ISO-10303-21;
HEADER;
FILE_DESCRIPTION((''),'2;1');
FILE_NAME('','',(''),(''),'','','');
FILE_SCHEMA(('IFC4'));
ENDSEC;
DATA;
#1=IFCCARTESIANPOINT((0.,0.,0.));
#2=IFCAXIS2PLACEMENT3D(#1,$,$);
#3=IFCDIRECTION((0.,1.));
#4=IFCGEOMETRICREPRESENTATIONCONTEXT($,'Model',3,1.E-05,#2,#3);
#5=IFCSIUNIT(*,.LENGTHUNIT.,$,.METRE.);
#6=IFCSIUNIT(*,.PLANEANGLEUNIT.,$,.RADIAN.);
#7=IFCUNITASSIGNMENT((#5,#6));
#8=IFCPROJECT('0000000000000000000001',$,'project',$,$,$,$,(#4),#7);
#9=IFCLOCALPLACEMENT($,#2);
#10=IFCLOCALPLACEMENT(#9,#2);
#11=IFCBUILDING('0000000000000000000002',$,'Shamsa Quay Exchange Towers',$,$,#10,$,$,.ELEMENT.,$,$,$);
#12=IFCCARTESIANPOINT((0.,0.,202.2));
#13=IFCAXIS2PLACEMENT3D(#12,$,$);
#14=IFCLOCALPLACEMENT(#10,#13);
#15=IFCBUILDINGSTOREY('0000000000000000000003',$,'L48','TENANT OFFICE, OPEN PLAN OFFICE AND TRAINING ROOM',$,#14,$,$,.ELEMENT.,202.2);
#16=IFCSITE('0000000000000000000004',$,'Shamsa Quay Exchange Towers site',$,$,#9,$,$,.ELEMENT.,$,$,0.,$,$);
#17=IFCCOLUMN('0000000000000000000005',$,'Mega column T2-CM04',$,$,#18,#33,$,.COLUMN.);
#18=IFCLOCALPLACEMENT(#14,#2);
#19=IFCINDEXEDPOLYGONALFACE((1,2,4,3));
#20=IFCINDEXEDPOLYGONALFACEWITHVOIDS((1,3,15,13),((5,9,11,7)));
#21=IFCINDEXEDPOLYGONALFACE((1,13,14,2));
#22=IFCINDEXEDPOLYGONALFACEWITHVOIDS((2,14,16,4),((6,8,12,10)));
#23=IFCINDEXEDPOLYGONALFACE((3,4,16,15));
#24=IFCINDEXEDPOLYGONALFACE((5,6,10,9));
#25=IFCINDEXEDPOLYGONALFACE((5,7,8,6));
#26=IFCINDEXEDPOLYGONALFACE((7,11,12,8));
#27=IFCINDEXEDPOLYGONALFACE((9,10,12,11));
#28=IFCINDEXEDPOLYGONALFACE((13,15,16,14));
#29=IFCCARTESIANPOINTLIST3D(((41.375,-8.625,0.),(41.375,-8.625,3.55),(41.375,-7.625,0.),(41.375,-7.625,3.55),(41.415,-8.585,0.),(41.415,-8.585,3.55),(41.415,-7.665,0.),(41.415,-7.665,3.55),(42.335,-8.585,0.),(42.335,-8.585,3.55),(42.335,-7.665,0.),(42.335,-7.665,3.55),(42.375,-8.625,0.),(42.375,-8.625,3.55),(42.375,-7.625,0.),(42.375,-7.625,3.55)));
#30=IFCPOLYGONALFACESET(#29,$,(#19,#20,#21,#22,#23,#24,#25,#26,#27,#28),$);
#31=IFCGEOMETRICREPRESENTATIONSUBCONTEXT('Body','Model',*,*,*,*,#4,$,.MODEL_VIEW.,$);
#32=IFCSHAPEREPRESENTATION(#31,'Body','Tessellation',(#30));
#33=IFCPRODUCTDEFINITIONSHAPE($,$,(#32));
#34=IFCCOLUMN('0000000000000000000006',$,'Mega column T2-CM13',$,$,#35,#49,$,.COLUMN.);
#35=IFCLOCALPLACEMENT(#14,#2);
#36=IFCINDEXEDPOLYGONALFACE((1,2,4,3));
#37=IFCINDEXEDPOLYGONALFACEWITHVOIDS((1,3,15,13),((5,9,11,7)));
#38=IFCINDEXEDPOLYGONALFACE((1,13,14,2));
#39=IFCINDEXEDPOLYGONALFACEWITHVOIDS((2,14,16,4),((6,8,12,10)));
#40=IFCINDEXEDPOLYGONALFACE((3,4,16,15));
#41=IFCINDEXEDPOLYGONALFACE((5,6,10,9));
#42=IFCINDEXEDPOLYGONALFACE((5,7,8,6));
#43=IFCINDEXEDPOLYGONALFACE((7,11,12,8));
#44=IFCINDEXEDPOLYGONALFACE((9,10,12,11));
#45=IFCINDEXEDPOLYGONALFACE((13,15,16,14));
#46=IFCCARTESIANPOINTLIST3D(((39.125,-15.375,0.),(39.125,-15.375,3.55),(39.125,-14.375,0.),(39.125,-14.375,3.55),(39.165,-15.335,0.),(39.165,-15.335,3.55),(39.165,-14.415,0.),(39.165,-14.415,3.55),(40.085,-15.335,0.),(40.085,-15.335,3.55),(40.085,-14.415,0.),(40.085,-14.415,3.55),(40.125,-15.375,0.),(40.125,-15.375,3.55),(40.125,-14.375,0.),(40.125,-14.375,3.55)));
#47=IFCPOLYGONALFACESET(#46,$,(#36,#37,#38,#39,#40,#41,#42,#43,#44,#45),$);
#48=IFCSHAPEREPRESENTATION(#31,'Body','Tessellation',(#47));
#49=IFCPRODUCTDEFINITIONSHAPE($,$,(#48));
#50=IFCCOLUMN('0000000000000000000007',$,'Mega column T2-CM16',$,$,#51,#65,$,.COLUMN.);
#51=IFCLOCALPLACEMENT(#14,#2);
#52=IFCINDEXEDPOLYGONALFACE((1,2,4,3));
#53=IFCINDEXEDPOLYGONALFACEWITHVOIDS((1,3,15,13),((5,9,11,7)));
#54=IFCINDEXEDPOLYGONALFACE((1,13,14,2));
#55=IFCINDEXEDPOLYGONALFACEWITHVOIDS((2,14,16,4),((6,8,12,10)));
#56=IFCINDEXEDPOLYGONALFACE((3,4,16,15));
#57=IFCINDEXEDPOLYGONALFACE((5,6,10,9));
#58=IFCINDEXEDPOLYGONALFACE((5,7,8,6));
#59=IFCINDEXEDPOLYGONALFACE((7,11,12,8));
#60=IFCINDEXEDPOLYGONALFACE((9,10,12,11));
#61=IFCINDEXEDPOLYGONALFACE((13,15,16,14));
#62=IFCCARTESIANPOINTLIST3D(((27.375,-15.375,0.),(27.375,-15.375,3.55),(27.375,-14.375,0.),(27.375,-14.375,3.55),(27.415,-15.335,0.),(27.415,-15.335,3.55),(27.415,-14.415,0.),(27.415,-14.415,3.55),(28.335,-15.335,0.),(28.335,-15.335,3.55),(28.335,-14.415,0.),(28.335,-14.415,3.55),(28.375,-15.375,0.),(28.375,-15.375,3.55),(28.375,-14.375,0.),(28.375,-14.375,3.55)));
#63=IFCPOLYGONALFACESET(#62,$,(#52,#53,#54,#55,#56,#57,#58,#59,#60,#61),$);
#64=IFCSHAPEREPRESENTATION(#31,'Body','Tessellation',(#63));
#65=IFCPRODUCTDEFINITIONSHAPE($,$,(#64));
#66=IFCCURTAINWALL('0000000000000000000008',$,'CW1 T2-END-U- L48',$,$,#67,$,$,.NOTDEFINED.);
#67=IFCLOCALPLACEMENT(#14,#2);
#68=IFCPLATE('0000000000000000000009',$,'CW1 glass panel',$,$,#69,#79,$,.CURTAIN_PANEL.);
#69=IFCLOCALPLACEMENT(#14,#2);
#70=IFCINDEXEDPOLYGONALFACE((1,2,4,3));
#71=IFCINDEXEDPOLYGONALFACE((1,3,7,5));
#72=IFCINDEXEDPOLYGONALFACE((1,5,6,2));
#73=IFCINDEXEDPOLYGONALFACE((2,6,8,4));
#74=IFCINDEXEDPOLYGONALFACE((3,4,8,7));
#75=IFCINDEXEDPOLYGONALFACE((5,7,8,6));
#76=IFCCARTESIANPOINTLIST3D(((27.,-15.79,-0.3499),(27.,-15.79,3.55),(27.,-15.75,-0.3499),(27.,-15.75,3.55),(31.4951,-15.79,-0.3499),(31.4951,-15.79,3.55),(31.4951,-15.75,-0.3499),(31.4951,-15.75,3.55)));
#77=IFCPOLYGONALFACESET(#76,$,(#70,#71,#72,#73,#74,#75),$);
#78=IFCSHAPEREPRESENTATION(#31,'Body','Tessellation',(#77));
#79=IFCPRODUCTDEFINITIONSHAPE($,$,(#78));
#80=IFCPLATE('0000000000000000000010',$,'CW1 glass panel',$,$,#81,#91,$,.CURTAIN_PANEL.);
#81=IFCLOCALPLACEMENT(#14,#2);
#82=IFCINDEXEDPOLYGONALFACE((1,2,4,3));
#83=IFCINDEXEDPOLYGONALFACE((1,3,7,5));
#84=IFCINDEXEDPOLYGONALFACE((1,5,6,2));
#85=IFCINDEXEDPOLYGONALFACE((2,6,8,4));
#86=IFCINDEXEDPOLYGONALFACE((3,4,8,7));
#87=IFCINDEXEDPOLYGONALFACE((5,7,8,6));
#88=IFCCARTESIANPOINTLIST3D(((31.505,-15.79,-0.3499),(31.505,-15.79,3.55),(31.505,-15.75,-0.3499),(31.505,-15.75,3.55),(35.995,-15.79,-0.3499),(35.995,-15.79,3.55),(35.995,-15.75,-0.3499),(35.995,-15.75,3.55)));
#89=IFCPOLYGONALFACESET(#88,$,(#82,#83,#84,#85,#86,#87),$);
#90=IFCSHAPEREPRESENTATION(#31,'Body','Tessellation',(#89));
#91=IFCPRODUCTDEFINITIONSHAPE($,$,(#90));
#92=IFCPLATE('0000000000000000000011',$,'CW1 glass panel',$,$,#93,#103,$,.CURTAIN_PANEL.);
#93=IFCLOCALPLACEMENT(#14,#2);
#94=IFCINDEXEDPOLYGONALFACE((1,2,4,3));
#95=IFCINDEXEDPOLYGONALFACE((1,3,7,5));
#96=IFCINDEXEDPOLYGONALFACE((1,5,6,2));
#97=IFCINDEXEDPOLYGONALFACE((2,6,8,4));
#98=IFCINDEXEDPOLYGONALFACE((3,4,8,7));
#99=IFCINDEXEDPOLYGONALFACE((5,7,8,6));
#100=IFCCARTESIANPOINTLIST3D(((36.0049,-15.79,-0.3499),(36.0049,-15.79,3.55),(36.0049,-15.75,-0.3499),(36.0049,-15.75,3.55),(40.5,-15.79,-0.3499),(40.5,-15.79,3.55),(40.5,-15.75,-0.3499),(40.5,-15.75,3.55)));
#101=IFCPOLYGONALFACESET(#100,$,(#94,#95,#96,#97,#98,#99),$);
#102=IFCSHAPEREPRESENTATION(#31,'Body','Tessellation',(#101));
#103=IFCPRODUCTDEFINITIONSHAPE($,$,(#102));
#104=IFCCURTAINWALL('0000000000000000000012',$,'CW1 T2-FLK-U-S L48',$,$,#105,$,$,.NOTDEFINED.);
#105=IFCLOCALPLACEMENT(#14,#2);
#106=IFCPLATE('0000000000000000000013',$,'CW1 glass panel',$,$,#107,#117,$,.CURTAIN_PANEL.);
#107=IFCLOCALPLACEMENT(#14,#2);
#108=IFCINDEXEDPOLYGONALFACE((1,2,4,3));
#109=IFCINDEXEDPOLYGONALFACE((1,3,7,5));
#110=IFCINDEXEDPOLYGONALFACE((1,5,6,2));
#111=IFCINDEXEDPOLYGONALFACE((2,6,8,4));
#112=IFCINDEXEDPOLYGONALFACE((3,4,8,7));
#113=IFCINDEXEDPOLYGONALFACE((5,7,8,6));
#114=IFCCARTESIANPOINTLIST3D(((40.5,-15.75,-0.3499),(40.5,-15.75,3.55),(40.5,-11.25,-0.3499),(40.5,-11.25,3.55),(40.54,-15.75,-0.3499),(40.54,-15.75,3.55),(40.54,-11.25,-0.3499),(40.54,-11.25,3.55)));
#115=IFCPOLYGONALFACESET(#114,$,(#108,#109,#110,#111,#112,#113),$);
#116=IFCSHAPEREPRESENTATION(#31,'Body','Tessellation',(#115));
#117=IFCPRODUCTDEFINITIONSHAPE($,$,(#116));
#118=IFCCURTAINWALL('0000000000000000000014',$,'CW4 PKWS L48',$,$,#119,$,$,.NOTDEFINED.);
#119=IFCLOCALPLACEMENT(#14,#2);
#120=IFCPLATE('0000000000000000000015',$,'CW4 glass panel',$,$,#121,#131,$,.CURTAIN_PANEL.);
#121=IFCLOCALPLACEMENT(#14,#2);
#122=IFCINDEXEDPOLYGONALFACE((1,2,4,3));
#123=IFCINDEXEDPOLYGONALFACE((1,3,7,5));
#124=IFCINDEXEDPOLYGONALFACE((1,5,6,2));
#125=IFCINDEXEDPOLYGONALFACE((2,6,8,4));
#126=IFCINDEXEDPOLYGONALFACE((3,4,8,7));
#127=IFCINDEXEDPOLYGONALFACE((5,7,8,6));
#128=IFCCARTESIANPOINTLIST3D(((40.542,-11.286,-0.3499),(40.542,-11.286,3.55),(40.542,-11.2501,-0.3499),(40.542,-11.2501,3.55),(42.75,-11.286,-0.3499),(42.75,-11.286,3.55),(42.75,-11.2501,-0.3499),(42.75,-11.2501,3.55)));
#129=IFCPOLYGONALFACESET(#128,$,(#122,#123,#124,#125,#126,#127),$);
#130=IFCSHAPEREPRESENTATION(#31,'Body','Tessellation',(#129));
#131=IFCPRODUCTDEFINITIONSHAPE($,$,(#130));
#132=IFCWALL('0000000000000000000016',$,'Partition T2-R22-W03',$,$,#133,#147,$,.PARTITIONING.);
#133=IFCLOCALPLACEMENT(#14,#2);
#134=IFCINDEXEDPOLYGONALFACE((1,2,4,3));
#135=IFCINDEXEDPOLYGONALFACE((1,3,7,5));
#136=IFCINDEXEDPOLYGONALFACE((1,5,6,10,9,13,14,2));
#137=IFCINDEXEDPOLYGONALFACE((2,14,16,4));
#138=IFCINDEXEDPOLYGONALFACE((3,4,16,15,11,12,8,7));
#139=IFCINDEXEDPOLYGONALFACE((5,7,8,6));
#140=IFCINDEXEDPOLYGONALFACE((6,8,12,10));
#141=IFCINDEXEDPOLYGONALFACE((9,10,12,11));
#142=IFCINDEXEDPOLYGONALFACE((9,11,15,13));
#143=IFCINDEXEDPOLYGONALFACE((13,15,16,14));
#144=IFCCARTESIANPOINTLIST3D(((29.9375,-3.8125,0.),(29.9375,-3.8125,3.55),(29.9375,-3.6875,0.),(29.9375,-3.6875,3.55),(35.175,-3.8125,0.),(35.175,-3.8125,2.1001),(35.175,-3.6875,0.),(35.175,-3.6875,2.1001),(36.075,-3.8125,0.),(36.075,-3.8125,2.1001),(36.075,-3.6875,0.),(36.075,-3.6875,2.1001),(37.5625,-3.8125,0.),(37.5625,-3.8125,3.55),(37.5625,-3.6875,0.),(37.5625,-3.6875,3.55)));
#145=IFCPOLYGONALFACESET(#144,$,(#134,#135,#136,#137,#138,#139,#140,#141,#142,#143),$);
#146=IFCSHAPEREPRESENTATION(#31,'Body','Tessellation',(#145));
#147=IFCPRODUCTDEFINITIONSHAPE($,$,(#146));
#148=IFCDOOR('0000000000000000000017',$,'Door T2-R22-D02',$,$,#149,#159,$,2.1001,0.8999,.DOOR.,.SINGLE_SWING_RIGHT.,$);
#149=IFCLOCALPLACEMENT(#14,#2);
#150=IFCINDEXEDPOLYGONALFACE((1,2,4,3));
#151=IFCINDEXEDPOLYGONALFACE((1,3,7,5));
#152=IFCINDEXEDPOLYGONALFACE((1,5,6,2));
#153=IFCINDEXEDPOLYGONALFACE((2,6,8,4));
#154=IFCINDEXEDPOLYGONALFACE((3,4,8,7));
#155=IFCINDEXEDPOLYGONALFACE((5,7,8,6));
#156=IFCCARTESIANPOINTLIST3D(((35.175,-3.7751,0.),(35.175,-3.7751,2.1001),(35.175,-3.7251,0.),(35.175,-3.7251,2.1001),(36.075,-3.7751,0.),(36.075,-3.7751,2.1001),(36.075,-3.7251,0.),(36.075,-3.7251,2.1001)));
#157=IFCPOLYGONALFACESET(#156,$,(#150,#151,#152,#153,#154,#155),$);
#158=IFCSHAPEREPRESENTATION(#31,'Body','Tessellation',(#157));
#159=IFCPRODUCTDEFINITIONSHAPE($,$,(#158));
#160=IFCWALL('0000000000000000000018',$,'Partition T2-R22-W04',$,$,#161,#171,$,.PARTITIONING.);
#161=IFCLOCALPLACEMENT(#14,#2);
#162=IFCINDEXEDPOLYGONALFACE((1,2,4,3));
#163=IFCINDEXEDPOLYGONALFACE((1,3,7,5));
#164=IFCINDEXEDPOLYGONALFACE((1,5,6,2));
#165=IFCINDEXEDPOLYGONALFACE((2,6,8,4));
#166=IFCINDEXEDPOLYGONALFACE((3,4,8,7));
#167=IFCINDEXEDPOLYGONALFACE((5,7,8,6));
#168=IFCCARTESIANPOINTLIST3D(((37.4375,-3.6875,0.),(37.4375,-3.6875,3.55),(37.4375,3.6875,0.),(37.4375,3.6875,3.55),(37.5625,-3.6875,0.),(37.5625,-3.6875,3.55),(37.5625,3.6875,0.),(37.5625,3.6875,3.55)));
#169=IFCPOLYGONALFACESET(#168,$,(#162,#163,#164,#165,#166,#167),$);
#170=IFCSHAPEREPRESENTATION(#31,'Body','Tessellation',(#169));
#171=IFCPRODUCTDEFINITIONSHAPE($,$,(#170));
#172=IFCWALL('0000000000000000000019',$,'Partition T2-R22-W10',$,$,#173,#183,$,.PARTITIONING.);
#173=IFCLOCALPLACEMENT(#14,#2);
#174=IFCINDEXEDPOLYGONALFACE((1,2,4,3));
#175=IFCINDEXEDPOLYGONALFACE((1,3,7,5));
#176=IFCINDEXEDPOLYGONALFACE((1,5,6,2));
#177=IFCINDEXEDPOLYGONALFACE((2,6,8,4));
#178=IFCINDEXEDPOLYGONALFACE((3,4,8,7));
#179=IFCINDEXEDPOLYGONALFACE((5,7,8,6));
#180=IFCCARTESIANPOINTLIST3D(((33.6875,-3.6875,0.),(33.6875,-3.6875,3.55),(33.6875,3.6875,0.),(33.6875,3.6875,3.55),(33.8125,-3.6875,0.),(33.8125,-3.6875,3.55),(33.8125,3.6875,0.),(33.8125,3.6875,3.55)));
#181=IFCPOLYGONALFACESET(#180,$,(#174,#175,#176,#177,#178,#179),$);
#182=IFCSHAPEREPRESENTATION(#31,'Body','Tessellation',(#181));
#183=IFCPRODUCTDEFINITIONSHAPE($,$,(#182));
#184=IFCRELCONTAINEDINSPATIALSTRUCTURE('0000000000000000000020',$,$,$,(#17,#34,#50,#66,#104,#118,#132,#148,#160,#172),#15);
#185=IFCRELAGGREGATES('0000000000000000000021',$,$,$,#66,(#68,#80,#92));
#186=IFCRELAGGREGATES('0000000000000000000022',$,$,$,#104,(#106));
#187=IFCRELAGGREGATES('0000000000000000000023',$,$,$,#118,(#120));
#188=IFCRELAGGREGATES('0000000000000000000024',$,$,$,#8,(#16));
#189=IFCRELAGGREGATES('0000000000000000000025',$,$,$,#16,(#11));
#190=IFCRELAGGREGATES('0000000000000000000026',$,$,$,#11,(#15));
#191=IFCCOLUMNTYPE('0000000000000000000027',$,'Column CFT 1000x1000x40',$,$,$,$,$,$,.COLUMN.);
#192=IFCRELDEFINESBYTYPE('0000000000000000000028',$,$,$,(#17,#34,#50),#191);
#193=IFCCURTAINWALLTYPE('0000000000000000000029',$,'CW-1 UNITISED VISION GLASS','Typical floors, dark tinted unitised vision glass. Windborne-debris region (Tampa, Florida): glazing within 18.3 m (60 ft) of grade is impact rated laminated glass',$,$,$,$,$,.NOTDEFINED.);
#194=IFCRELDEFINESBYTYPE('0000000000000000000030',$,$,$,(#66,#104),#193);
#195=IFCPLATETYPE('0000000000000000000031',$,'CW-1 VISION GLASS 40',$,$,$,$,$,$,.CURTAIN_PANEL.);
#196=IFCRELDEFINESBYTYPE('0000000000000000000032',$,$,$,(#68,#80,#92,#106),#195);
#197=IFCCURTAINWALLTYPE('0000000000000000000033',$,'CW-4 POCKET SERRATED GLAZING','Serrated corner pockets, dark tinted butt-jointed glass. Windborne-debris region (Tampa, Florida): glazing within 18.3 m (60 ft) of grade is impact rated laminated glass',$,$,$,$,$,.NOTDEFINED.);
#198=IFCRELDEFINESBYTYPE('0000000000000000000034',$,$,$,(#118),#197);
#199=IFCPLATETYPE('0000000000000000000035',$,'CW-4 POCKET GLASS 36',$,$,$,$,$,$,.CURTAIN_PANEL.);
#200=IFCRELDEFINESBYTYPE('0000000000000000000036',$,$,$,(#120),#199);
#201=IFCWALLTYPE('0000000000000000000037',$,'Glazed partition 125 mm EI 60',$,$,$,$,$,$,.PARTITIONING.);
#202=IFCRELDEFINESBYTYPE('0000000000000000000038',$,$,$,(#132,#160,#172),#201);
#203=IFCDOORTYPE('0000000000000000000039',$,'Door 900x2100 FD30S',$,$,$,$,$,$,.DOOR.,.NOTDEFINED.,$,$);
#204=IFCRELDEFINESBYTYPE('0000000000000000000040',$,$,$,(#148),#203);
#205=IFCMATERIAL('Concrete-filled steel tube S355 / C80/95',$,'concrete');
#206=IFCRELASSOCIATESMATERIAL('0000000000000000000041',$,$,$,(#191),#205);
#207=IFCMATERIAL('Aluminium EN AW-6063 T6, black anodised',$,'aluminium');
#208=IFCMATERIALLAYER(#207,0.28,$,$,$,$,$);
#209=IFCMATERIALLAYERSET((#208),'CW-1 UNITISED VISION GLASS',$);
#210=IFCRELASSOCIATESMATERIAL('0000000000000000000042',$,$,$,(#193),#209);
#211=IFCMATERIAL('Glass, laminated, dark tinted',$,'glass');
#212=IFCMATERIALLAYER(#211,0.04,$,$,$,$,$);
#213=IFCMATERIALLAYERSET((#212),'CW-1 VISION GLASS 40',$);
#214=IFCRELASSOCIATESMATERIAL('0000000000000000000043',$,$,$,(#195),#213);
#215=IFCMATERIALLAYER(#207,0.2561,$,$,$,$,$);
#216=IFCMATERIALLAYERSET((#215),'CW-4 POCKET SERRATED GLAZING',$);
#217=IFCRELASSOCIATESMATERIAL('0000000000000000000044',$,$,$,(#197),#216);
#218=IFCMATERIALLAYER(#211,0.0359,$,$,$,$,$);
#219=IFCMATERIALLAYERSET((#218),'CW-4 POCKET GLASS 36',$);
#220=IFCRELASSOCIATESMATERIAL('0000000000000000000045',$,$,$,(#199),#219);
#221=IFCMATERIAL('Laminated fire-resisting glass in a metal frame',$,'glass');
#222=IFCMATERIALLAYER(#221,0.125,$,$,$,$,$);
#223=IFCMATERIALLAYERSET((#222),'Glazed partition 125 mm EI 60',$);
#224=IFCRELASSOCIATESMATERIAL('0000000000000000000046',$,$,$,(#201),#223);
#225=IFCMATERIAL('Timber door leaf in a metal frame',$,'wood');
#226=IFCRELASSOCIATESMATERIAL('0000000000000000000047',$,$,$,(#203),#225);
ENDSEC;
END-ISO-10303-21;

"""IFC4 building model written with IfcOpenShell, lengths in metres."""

from ifc_helpers import new_model, si_unit, direction, frame, frame_2d, origin, origin_2d, place, context, subcontext, project, spatial, rectangle, hollow_rectangle, extrude, material, layer, layer_set, material_profile, profile_set, type_object, element, fill, aggregate, save


model = new_model("IFC4")

# Units and contexts
model_context = context("Model", 3, precision=1e-05, world=origin(), true_north=direction((0.0, 1.0)))
body_context = subcontext(model_context, "Body", "Model", "MODEL_VIEW")
ifc_project = project(units=[si_unit("LENGTHUNIT", "METRE"), si_unit("PLANEANGLEUNIT", "RADIAN")], contexts=[model_context])

# Site, building, storey
site_placement = place(None, origin())
site = spatial("IfcSite", under=ifc_project, at=site_placement, Name="Shamsa Quay Exchange Towers site", CompositionType="ELEMENT", RefElevation=0.0)
building_placement = place(site_placement, origin())
building = spatial("IfcBuilding", under=site, at=building_placement, Name="Shamsa Quay Exchange Towers", CompositionType="ELEMENT")
storey_placement = place(building_placement, frame((0.0, 0.0, 202.2)))
storey = spatial("IfcBuildingStorey", under=building, at=storey_placement, Name="L48", Description="TENANT OFFICE, OPEN PLAN OFFICE AND TRAINING ROOM", CompositionType="ELEMENT", Elevation=202.2)

# Columns
ifc_material_1 = material(Name="Concrete-filled steel tube S355 / C80/95", Category="concrete")
ifc_material_profile = material_profile(ifc_material_1, hollow_rectangle(XDim=1.0, YDim=1.0, WallThickness=0.04, at=origin_2d()), Name="CFT 1000x1000x40")
ifc_profile_set = profile_set([ifc_material_profile], Name="Concrete-filled steel tube S355 / C80/95")
column_type = type_object("IfcColumnType", Name="Column CFT 1000x1000x40", PredefinedType="COLUMN", material=ifc_profile_set)
for number, where, name in (
    (1, (41.875, -8.125, 0.0), "Mega column T2-CM04"),
    (2, (39.625, -14.875, 0.0), "Mega column T2-CM13"),
    (3, (27.875, -14.875, 0.0), "Mega column T2-CM16"),
):
    element("IfcColumn", number, at=place(storey_placement, frame(where)), inside=storey, type_object=column_type, Name=name, PredefinedType="COLUMN", context=body_context, shape_type="SweptSolid", body=[
        extrude(hollow_rectangle(XDim=1.0, YDim=1.0, WallThickness=0.04, at=origin_2d()), origin(), (0.0, 0.0, 1.0), 3.55),
    ])

# Curtain wall, plates
ifc_material_2 = material(Name="Aluminium EN AW-6063 T6, black anodised", Category="aluminium")
ifc_layer_1 = layer(ifc_material_2, 0.28)
ifc_layer_set_1 = layer_set([ifc_layer_1], Name="CW-1 UNITISED VISION GLASS")
curtain_wall_type_1 = type_object("IfcCurtainWallType", Name="CW-1 UNITISED VISION GLASS", Description="Typical floors, dark tinted unitised vision glass. Windborne-debris region (Tampa, Florida): glazing within 18.3 m (60 ft) of grade is impact rated laminated glass", PredefinedType="NOTDEFINED", material=ifc_layer_set_1)
curtain_wall_1_placement = place(storey_placement, origin())
curtain_wall_1 = element("IfcCurtainWall", 4, at=curtain_wall_1_placement, inside=storey, type_object=curtain_wall_type_1, Name="CW1 T2-END-U- L48", PredefinedType="NOTDEFINED")
ifc_material_3 = material(Name="Glass, laminated, dark tinted", Category="glass")
ifc_layer_2 = layer(ifc_material_3, 0.04)
ifc_layer_set_2 = layer_set([ifc_layer_2], Name="CW-1 VISION GLASS 40")
plate_type_1 = type_object("IfcPlateType", Name="CW-1 VISION GLASS 40", PredefinedType="CURTAIN_PANEL", material=ifc_layer_set_2)
plate_1_placement = place(storey_placement, frame((29.2476, -15.77, -0.3499)))
plate_1 = element("IfcPlate", 5, at=plate_1_placement, type_object=plate_type_1, Name="CW1 glass panel", PredefinedType="CURTAIN_PANEL", context=body_context, shape_type="SweptSolid", body=[
    extrude(rectangle(XDim=4.4951, YDim=0.04, at=origin_2d()), origin(), (0.0, 0.0, 1.0), 3.8999),
])
plate_2_placement = place(storey_placement, frame((33.75, -15.77, -0.3499)))
plate_2 = element("IfcPlate", 6, at=plate_2_placement, type_object=plate_type_1, Name="CW1 glass panel", PredefinedType="CURTAIN_PANEL", context=body_context, shape_type="SweptSolid", body=[
    extrude(rectangle(XDim=4.49, YDim=0.04, at=origin_2d()), origin(), (0.0, 0.0, 1.0), 3.8999),
])
plate_3_placement = place(storey_placement, frame((38.2524, -15.77, -0.3499)))
plate_3 = element("IfcPlate", 7, at=plate_3_placement, type_object=plate_type_1, Name="CW1 glass panel", PredefinedType="CURTAIN_PANEL", context=body_context, shape_type="SweptSolid", body=[
    extrude(rectangle(XDim=4.4951, YDim=0.04, at=origin_2d()), origin(), (0.0, 0.0, 1.0), 3.8999),
])
aggregate(curtain_wall_1, [plate_1, plate_2, plate_3])

# Curtain walls, plates
curtain_wall_2_placement = place(storey_placement, origin())
curtain_wall_2 = element("IfcCurtainWall", 8, at=curtain_wall_2_placement, inside=storey, type_object=curtain_wall_type_1, Name="CW1 T2-FLK-U-S L48", PredefinedType="NOTDEFINED")
plate_4_placement = place(storey_placement, frame((40.52, -13.5, -0.3499), z_axis=(0.0, 0.0, 1.0), x_axis=(0.0, 1.0, 0.0)))
plate_4 = element("IfcPlate", 9, at=plate_4_placement, type_object=plate_type_1, Name="CW1 glass panel", PredefinedType="CURTAIN_PANEL", context=body_context, shape_type="SweptSolid", body=[
    extrude(rectangle(XDim=4.5, YDim=0.04, at=origin_2d()), origin(), (0.0, 0.0, 1.0), 3.8999),
])
aggregate(curtain_wall_2, [plate_4])
ifc_layer_3 = layer(ifc_material_2, 0.2561)
ifc_layer_set_3 = layer_set([ifc_layer_3], Name="CW-4 POCKET SERRATED GLAZING")
curtain_wall_type_2 = type_object("IfcCurtainWallType", Name="CW-4 POCKET SERRATED GLAZING", Description="Serrated corner pockets, dark tinted butt-jointed glass. Windborne-debris region (Tampa, Florida): glazing within 18.3 m (60 ft) of grade is impact rated laminated glass", PredefinedType="NOTDEFINED", material=ifc_layer_set_3)
curtain_wall_3_placement = place(storey_placement, origin())
curtain_wall_3 = element("IfcCurtainWall", 10, at=curtain_wall_3_placement, inside=storey, type_object=curtain_wall_type_2, Name="CW4 PKWS L48", PredefinedType="NOTDEFINED")
ifc_layer_4 = layer(ifc_material_3, 0.0359)
ifc_layer_set_4 = layer_set([ifc_layer_4], Name="CW-4 POCKET GLASS 36")
plate_type_2 = type_object("IfcPlateType", Name="CW-4 POCKET GLASS 36", PredefinedType="CURTAIN_PANEL", material=ifc_layer_set_4)
plate_5_placement = place(storey_placement, frame((41.646, -11.2681, -0.3499)))
plate_5 = element("IfcPlate", 11, at=plate_5_placement, type_object=plate_type_2, Name="CW4 glass panel", PredefinedType="CURTAIN_PANEL", context=body_context, shape_type="SweptSolid", body=[
    extrude(rectangle(XDim=2.208, YDim=0.0359, at=origin_2d()), origin(), (0.0, 0.0, 1.0), 3.8999),
])
aggregate(curtain_wall_3, [plate_5])

# Wall, opening, door
ifc_material_4 = material(Name="Laminated fire-resisting glass in a metal frame", Category="glass")
ifc_layer_5 = layer(ifc_material_4, 0.125)
ifc_layer_set_5 = layer_set([ifc_layer_5], Name="Glazed partition 125 mm EI 60")
wall_type_1 = type_object("IfcWallType", Name="Glazed partition 125 mm EI 60", PredefinedType="PARTITIONING", material=ifc_layer_set_5)
wall_1_placement = place(storey_placement, frame((29.9375, -3.75, 0.0)))
wall_1 = element("IfcWall", 12, at=wall_1_placement, inside=storey, type_object=wall_type_1, Name="Partition T2-R22-W03", PredefinedType="PARTITIONING", context=body_context, shape_type="SweptSolid", body=[
    extrude(rectangle(XDim=7.625, YDim=0.125, at=frame_2d((3.8125, 0.0))), origin(), (0.0, 0.0, 1.0), 3.55),
])
opening_1_placement = place(wall_1_placement, frame((5.2375, 0.0, 0.0)))
opening_1 = element("IfcOpeningElement", 13, at=opening_1_placement, cuts=wall_1, PredefinedType="OPENING", context=body_context, shape_type="SweptSolid", body=[
    extrude(rectangle(XDim=0.8999, YDim=2.1001, at=frame_2d((0.45, 1.05))), frame((0.0, 0.0725, 0.0), z_axis=(0.0, -1.0, 0.0), x_axis=(1.0, 0.0, 0.0)), (0.0, 0.0, 1.0), 0.145),
])
ifc_material_5 = material(Name="Timber door leaf in a metal frame", Category="wood")
door_type_1 = type_object("IfcDoorType", Name="Door 900x2100 FD30S", OperationType="NOTDEFINED", PredefinedType="DOOR", material=ifc_material_5)
door_1_placement = place(opening_1_placement, origin())
door_1 = element("IfcDoor", 14, at=door_1_placement, inside=storey, type_object=door_type_1, Name="Door T2-R22-D02", OperationType="SINGLE_SWING_RIGHT", OverallHeight=2.1001, OverallWidth=0.8999, PredefinedType="DOOR", context=body_context, shape_type="SweptSolid", body=[
    extrude(rectangle(XDim=0.8999, YDim=2.1001, at=frame_2d((0.45, 1.05))), frame((0.0, 0.0249, 0.0), z_axis=(0.0, -1.0, 0.0), x_axis=(1.0, 0.0, 0.0)), (0.0, 0.0, 1.0), 0.05),
])
fill(opening_1, door_1)

# Walls
for number, where, z_axis, x_axis, name in (
    (15, (37.5, -3.6875, 0.0), (0.0, 0.0, 1.0), (0.0, 1.0, 0.0), "Partition T2-R22-W04"),
    (16, (33.75, -3.6875, 0.0), (0.0, 0.0, 1.0), (0.0, 1.0, 0.0), "Partition T2-R22-W10"),
):
    element("IfcWall", number, at=place(storey_placement, frame(where, z_axis=z_axis, x_axis=x_axis)), inside=storey, type_object=wall_type_1, Name=name, PredefinedType="PARTITIONING", context=body_context, shape_type="SweptSolid", body=[
        extrude(rectangle(XDim=7.375, YDim=0.125, at=frame_2d((3.6875, 0.0))), origin(), (0.0, 0.0, 1.0), 3.55),
    ])

save(model, "model.ifc")
